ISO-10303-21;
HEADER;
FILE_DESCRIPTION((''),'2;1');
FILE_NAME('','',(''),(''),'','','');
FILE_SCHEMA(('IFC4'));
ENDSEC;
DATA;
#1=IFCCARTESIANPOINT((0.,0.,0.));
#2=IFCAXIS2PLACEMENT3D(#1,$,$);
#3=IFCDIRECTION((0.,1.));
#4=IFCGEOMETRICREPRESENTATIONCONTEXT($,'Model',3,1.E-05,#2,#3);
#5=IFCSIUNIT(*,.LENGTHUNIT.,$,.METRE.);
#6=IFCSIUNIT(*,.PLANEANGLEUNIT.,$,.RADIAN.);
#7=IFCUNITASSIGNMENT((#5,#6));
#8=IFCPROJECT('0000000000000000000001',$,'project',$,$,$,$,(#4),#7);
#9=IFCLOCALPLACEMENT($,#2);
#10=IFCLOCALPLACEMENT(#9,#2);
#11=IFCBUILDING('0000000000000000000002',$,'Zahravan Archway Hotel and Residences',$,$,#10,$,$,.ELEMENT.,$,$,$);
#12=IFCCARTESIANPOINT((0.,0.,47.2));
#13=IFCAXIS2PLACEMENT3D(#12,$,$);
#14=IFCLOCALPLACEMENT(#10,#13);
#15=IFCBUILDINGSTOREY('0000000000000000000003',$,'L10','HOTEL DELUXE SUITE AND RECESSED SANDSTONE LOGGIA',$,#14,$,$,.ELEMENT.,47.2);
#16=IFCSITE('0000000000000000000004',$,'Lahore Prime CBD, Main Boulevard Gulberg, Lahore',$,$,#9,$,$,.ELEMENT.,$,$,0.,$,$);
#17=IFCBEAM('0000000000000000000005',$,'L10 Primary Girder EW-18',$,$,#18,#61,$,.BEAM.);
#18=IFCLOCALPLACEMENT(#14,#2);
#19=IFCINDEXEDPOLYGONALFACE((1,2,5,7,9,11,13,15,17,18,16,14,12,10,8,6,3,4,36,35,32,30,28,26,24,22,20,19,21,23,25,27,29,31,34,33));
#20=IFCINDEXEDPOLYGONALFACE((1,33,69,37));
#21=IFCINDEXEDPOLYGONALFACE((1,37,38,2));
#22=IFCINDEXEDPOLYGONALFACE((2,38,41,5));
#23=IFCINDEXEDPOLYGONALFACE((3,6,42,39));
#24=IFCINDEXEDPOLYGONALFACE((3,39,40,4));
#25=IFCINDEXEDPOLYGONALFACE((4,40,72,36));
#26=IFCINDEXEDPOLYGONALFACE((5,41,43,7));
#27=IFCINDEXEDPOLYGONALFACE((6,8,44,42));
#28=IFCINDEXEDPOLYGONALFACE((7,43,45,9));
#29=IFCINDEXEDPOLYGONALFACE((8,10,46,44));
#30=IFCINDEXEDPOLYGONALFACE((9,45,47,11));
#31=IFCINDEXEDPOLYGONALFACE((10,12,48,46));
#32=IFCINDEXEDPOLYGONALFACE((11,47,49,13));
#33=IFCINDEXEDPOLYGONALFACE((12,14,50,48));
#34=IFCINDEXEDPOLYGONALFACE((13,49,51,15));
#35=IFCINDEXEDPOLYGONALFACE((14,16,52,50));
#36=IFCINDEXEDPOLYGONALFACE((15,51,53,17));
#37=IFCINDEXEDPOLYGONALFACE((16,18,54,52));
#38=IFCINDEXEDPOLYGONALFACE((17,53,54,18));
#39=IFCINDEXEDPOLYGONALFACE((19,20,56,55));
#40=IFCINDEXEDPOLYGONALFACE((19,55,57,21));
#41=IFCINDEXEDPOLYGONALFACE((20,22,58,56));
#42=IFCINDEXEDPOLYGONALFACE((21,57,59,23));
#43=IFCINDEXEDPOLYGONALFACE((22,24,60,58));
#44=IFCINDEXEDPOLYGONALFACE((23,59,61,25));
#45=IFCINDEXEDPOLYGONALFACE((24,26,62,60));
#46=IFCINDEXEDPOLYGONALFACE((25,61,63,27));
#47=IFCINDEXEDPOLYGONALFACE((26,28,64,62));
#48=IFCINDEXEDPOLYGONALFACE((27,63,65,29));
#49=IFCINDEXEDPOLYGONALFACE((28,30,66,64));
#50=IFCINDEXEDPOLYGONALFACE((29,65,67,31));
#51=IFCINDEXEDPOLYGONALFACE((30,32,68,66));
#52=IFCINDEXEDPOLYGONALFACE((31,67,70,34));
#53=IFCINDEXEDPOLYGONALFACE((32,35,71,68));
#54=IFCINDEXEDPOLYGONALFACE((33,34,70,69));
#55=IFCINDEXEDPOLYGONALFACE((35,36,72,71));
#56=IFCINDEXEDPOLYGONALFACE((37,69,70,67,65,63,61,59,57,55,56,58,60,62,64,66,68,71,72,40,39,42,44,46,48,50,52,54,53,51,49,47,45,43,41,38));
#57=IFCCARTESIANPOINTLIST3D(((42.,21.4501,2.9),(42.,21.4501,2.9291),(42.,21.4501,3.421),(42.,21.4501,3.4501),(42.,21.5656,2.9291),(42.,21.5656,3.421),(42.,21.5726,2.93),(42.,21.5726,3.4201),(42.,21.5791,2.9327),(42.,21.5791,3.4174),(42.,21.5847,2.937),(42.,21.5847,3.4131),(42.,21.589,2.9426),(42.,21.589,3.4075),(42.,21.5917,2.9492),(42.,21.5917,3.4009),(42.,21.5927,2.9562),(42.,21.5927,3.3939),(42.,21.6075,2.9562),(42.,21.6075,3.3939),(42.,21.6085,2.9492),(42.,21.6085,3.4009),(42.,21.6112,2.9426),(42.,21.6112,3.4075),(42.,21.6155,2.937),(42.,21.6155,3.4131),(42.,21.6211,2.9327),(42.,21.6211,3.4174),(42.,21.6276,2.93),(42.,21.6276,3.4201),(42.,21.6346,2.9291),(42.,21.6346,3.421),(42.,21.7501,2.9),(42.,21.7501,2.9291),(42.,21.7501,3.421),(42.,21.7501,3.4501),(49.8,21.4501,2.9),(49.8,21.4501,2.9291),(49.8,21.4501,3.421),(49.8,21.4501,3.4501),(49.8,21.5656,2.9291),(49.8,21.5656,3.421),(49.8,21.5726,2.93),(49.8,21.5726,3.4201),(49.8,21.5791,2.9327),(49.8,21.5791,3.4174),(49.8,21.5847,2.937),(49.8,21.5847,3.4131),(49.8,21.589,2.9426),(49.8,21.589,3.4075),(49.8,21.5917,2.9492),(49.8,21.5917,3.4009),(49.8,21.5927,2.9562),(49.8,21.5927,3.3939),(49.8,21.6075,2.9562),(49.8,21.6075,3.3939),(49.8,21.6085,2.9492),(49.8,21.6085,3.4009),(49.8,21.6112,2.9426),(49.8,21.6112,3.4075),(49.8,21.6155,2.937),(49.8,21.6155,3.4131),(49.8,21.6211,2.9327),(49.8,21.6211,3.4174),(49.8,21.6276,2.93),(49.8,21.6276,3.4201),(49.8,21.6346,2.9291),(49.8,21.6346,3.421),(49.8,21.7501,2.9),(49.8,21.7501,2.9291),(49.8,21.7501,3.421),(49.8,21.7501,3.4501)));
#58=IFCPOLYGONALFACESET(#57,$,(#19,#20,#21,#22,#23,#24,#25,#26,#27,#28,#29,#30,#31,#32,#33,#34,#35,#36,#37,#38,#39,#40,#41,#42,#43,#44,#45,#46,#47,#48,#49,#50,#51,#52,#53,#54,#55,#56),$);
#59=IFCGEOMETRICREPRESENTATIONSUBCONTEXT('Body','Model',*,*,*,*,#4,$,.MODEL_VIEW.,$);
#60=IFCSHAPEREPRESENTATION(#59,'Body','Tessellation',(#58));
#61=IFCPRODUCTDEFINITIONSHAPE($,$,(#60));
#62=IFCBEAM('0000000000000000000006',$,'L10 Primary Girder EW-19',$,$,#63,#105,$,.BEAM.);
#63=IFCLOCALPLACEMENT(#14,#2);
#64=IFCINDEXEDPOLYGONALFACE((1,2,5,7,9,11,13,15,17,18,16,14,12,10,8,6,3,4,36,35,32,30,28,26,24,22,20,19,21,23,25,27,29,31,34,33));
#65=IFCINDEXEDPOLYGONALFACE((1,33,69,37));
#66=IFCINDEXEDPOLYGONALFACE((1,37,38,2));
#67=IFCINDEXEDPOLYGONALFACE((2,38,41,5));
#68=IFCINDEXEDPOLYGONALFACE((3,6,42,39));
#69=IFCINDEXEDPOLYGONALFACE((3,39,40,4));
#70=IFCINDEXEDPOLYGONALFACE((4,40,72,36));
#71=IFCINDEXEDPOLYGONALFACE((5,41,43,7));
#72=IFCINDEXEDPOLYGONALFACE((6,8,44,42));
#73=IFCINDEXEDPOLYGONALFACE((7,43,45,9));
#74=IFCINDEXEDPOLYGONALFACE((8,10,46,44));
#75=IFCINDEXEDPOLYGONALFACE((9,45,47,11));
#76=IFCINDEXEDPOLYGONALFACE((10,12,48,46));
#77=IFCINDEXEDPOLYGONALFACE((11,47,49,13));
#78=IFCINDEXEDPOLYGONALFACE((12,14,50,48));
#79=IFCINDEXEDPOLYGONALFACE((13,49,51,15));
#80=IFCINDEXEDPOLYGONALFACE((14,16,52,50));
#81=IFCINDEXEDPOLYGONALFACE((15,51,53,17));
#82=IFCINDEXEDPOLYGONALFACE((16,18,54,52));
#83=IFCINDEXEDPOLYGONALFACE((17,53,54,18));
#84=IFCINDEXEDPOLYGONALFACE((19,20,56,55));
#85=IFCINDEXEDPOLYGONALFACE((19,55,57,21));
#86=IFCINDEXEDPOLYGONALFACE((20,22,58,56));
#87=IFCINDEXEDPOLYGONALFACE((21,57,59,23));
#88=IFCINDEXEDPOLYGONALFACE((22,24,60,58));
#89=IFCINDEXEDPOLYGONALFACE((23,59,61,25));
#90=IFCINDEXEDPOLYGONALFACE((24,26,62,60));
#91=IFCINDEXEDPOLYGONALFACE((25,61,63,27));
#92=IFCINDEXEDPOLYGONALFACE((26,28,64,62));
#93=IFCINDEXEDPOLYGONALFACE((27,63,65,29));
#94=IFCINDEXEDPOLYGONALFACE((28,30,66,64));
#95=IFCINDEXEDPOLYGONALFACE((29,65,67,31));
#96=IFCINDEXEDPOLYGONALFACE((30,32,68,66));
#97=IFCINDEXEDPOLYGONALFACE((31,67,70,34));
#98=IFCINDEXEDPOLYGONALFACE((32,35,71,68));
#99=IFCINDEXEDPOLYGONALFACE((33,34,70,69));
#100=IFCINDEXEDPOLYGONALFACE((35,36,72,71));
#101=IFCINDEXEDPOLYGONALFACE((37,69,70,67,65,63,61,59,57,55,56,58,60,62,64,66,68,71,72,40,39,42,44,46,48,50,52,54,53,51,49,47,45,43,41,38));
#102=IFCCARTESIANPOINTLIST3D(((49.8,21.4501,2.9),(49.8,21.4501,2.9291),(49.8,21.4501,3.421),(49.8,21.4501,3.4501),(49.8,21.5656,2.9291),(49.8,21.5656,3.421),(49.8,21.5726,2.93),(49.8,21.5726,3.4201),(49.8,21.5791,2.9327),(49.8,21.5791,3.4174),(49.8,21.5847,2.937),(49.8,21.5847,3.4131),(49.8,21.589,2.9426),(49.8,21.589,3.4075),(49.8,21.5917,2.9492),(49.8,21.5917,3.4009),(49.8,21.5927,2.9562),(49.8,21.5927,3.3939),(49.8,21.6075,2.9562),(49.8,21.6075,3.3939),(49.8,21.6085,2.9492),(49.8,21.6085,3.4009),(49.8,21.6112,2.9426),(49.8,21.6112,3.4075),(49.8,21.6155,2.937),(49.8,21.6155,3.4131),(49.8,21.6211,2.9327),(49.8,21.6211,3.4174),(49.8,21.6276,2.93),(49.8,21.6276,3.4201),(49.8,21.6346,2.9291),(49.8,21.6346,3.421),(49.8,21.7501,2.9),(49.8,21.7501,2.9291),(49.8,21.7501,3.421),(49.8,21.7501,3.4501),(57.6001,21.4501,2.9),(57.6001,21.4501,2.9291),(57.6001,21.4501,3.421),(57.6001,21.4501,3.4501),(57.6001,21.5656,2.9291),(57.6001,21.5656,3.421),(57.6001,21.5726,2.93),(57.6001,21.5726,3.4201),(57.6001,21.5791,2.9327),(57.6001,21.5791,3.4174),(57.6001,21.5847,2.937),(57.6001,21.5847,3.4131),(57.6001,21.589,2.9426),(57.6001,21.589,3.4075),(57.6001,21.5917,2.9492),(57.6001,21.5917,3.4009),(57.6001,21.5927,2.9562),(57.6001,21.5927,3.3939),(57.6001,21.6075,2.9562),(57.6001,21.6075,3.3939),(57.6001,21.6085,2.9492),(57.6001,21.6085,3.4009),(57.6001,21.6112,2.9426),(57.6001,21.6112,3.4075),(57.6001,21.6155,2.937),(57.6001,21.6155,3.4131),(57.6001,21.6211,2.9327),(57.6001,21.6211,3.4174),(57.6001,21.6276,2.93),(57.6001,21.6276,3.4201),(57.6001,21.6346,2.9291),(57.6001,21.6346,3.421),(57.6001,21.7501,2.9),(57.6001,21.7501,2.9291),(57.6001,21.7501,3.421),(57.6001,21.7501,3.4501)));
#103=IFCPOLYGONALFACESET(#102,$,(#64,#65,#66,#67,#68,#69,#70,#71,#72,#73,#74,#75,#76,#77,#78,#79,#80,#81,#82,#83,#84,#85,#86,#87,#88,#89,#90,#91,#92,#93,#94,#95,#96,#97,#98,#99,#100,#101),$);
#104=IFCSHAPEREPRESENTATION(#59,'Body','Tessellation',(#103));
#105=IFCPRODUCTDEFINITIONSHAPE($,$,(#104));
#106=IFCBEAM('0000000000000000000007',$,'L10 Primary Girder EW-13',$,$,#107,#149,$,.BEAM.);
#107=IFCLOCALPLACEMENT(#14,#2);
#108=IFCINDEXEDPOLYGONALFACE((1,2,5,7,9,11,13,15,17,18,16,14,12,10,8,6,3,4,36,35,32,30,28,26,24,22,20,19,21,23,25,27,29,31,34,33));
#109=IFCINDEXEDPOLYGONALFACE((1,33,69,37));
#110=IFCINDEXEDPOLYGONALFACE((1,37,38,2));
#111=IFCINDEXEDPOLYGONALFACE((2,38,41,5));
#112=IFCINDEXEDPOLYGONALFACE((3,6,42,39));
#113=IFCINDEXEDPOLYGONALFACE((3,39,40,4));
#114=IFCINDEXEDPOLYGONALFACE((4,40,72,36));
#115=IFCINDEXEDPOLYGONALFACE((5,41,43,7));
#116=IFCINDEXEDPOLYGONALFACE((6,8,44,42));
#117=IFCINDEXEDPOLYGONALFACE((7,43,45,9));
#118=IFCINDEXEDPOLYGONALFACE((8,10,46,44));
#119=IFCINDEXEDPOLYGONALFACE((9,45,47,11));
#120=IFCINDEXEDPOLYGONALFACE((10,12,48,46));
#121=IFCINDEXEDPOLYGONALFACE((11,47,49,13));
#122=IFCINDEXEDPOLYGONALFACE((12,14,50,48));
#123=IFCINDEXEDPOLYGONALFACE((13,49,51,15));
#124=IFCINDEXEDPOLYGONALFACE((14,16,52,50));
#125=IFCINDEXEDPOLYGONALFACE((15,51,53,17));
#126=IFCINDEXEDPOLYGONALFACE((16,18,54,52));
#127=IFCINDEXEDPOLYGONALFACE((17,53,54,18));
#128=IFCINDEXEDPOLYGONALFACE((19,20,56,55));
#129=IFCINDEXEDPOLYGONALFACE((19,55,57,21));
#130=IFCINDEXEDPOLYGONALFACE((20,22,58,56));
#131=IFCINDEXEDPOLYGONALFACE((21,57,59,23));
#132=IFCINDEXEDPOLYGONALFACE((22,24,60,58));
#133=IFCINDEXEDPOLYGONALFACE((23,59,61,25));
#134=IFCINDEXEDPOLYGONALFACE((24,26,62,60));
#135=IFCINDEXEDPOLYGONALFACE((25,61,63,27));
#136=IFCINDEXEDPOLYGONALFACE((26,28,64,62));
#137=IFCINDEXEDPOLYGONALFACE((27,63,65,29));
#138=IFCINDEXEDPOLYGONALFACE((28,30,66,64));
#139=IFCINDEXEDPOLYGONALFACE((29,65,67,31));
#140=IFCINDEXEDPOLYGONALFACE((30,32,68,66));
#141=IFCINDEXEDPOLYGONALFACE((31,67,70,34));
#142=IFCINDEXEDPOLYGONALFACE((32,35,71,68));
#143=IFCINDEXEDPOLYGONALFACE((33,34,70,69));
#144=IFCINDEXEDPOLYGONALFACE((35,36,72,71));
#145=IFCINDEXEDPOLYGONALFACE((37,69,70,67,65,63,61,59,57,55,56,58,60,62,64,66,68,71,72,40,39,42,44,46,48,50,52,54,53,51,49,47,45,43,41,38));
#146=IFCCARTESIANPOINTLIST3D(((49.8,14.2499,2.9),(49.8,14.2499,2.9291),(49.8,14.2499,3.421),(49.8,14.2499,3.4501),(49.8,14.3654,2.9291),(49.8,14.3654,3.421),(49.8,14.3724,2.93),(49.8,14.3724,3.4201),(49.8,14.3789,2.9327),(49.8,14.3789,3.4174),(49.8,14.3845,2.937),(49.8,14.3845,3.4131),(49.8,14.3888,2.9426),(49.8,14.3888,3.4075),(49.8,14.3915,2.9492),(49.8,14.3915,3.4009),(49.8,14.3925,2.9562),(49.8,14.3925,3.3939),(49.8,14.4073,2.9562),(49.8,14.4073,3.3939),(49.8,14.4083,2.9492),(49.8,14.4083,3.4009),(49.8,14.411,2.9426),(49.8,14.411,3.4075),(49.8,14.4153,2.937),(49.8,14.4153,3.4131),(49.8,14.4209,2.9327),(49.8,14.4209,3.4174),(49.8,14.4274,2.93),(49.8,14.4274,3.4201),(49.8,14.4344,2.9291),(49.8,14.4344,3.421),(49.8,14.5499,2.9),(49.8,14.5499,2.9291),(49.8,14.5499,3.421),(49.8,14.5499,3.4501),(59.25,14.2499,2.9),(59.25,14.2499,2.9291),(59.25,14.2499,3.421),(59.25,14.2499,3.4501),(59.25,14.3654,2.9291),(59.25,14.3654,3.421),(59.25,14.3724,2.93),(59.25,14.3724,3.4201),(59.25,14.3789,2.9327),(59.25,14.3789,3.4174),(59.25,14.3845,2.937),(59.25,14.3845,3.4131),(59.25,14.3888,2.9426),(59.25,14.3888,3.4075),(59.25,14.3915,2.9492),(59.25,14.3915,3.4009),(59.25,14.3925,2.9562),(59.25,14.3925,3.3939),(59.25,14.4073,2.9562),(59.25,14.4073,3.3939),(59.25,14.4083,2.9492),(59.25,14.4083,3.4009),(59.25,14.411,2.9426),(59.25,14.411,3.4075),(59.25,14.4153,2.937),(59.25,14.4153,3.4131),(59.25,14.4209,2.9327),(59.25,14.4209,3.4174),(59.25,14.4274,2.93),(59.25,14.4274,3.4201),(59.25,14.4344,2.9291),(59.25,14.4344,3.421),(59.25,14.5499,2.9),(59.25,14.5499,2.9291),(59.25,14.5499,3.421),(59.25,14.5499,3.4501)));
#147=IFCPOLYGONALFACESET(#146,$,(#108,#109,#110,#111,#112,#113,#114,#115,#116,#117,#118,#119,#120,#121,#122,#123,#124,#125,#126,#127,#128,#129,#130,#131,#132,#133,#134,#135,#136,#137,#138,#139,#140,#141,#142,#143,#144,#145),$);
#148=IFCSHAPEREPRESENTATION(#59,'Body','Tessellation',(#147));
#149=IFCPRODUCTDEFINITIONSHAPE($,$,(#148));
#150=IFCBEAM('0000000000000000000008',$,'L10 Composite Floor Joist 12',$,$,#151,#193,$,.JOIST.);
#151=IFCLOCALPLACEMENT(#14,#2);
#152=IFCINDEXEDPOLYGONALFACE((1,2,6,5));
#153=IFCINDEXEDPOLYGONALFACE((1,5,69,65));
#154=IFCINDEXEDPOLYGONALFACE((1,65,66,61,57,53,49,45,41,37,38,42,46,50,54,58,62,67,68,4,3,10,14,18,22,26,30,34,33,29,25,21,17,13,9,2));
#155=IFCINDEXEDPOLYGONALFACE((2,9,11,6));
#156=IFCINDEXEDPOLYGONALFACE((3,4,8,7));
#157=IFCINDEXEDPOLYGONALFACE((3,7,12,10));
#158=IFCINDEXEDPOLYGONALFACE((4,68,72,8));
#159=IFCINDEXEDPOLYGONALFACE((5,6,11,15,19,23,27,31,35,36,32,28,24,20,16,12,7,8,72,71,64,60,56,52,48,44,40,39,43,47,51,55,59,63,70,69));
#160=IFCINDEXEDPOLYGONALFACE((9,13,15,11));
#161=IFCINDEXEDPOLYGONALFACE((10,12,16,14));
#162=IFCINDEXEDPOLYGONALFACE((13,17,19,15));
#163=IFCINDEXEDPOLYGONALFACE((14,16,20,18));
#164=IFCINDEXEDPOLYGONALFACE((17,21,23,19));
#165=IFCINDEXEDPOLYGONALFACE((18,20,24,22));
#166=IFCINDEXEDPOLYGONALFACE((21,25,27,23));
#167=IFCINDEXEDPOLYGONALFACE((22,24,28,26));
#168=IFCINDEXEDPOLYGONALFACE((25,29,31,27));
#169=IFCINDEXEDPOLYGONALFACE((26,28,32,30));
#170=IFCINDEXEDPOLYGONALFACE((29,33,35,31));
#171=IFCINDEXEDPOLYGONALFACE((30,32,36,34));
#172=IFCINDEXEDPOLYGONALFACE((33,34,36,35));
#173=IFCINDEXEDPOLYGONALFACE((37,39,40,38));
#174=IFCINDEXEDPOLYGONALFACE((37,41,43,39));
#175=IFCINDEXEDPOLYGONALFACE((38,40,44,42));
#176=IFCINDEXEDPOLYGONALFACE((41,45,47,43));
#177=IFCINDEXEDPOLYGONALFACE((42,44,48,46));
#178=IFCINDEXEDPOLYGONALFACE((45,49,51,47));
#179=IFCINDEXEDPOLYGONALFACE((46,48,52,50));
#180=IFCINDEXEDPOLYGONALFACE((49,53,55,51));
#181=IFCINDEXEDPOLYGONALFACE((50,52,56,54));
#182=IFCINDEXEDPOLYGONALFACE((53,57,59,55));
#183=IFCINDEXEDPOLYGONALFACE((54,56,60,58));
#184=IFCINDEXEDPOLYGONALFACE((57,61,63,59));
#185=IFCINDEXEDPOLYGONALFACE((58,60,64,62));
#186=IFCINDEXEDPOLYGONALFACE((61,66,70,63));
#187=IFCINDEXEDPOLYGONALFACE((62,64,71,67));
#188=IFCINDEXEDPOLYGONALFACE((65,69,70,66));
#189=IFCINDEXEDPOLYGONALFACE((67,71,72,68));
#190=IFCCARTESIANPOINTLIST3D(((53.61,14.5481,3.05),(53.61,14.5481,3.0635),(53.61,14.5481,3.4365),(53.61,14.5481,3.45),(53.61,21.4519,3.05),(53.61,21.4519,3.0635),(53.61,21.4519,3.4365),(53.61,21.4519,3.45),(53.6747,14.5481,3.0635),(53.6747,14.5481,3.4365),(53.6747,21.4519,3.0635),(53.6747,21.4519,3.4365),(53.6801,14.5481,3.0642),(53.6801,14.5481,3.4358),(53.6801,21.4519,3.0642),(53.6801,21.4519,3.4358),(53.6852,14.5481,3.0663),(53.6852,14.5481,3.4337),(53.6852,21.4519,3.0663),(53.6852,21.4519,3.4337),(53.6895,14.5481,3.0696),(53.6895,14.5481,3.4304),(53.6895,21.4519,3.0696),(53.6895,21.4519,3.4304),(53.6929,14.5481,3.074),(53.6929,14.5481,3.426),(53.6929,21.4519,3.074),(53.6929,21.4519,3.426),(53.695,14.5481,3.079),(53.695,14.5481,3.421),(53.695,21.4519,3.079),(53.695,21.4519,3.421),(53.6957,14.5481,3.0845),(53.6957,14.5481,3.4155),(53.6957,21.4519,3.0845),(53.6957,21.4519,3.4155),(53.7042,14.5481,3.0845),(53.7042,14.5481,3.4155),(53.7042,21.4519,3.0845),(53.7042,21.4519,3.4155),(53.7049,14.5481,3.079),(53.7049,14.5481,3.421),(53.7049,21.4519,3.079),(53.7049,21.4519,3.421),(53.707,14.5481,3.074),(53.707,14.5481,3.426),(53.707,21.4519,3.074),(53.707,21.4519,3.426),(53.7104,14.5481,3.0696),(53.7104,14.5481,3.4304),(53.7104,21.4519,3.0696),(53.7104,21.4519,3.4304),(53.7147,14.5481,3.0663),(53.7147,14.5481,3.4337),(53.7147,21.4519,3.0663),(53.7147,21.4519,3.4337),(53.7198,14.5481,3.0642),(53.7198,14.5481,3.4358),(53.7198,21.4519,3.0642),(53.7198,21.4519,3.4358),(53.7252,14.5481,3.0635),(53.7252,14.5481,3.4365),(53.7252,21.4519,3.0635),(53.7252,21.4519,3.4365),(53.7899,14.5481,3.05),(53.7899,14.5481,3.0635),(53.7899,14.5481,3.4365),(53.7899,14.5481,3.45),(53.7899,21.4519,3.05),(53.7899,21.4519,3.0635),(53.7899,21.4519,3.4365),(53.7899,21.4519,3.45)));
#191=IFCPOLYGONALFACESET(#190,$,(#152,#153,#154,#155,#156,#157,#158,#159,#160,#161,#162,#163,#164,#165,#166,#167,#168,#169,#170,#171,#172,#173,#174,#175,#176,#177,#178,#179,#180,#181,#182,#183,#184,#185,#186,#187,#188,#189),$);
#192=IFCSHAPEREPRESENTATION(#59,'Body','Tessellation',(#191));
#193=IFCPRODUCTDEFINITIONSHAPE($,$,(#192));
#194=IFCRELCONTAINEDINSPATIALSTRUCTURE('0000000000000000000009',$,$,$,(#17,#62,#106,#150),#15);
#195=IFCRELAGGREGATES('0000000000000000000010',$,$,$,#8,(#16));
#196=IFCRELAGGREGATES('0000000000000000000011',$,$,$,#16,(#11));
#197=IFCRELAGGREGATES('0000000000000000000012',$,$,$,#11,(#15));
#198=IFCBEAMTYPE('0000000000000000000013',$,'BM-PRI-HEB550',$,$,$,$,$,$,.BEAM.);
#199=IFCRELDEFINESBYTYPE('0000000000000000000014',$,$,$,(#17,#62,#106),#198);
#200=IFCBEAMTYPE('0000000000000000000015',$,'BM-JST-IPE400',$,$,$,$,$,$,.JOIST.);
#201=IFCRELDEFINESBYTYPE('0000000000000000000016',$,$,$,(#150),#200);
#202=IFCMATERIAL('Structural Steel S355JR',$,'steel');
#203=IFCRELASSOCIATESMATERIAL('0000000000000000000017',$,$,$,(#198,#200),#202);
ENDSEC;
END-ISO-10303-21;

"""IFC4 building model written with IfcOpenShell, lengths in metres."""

from ifc_helpers import new_model, si_unit, direction, frame, origin, origin_2d, place, context, subcontext, project, spatial, i_section, extrude, source, transform, mapped, material, material_profile, profile_set, type_object, element, save


model = new_model("IFC4")

# Units and contexts
model_context = context("Model", 3, precision=1e-05, world=origin(), true_north=direction((0.0, 1.0)))
body_context = subcontext(model_context, "Body", "Model", "MODEL_VIEW")
ifc_project = project(units=[si_unit("LENGTHUNIT", "METRE"), si_unit("PLANEANGLEUNIT", "RADIAN")], contexts=[model_context])

# Site, building, storey
site_placement = place(None, origin())
site = spatial("IfcSite", under=ifc_project, at=site_placement, Name="Lahore Prime CBD, Main Boulevard Gulberg, Lahore", CompositionType="ELEMENT", RefElevation=0.0)
building_placement = place(site_placement, origin())
building = spatial("IfcBuilding", under=site, at=building_placement, Name="Zahravan Archway Hotel and Residences", CompositionType="ELEMENT")
storey_placement = place(building_placement, frame((0.0, 0.0, 47.2)))
storey = spatial("IfcBuildingStorey", under=building, at=storey_placement, Name="L10", Description="HOTEL DELUXE SUITE AND RECESSED SANDSTONE LOGGIA", CompositionType="ELEMENT", Elevation=47.2)

# Beams
ifc_material_1 = material(Name="Structural Steel S355JR", Category="steel")
ifc_material_profile_1 = material_profile(ifc_material_1, i_section(OverallWidth=0.3, OverallDepth=0.55, WebThickness=0.0149, FlangeThickness=0.0291, FilletRadius=0.0271, at=origin_2d()), Name="HEB 550", Category="steel")
ifc_profile_set_1 = profile_set([ifc_material_profile_1], Name="Structural Steel S355JR")
beam_type_1 = type_object("IfcBeamType", Name="BM-PRI-HEB550", PredefinedType="BEAM", material=ifc_profile_set_1)
shared_shape_1 = source(origin(), body_context, "Body", "SweptSolid", [
    extrude(i_section(OverallWidth=0.3, OverallDepth=0.55, WebThickness=0.0149, FlangeThickness=0.0291, FilletRadius=0.0271, at=origin_2d()), origin(), (0.0, 0.0, 1.0), 7.8),
])
for number, where, z_axis, x_axis, name in (
    (1, (42.0, 21.6001, 3.175), (1.0, 0.0, 0.0), (0.0, 1.0, 0.0), "L10 Primary Girder EW-18"),
    (2, (49.8, 21.6001, 3.175), (1.0, 0.0, 0.0), (0.0, 1.0, 0.0), "L10 Primary Girder EW-19"),
):
    element("IfcBeam", number, at=place(storey_placement, frame(where, z_axis=z_axis, x_axis=x_axis)), inside=storey, type_object=beam_type_1, Name=name, PredefinedType="BEAM", context=body_context, shape_type="MappedRepresentation", body=[
        mapped(shared_shape_1, transform((0.0, 0.0, 0.0), scale=1.0)),
    ])
shared_shape_2 = source(origin(), body_context, "Body", "SweptSolid", [
    extrude(i_section(OverallWidth=0.3, OverallDepth=0.55, WebThickness=0.0149, FlangeThickness=0.0291, FilletRadius=0.0271, at=origin_2d()), origin(), (0.0, 0.0, 1.0), 9.45),
])
beam_1_placement = place(storey_placement, frame((49.8, 14.3999, 3.175), z_axis=(1.0, 0.0, 0.0), x_axis=(0.0, 1.0, 0.0)))
element("IfcBeam", 3, at=beam_1_placement, inside=storey, type_object=beam_type_1, Name="L10 Primary Girder EW-13", PredefinedType="BEAM", context=body_context, shape_type="MappedRepresentation", body=[
    mapped(shared_shape_2, transform((0.0, 0.0, 0.0), scale=1.0)),
])
ifc_material_profile_2 = material_profile(ifc_material_1, i_section(OverallWidth=0.1799, OverallDepth=0.3999, WebThickness=0.0085, FlangeThickness=0.0134, FilletRadius=0.021, at=origin_2d()), Name="IPE 400", Category="steel")
ifc_profile_set_2 = profile_set([ifc_material_profile_2], Name="Structural Steel S355JR")
beam_type_2 = type_object("IfcBeamType", Name="BM-JST-IPE400", PredefinedType="JOIST", material=ifc_profile_set_2)
shared_shape_3 = source(origin(), body_context, "Body", "SweptSolid", [
    extrude(i_section(OverallWidth=0.1799, OverallDepth=0.3999, WebThickness=0.0085, FlangeThickness=0.0134, FilletRadius=0.021, at=origin_2d()), origin(), (0.0, 0.0, 1.0), 6.9038),
])
beam_2_placement = place(storey_placement, frame((53.7, 14.5481, 3.25), z_axis=(0.0, 1.0, 0.0), x_axis=(-1.0, 0.0, 0.0)))
element("IfcBeam", 4, at=beam_2_placement, inside=storey, type_object=beam_type_2, Name="L10 Composite Floor Joist 12", PredefinedType="JOIST", context=body_context, shape_type="MappedRepresentation", body=[
    mapped(shared_shape_3, transform((0.0, 0.0, 0.0), scale=1.0)),
])

save(model, "model.ifc")
